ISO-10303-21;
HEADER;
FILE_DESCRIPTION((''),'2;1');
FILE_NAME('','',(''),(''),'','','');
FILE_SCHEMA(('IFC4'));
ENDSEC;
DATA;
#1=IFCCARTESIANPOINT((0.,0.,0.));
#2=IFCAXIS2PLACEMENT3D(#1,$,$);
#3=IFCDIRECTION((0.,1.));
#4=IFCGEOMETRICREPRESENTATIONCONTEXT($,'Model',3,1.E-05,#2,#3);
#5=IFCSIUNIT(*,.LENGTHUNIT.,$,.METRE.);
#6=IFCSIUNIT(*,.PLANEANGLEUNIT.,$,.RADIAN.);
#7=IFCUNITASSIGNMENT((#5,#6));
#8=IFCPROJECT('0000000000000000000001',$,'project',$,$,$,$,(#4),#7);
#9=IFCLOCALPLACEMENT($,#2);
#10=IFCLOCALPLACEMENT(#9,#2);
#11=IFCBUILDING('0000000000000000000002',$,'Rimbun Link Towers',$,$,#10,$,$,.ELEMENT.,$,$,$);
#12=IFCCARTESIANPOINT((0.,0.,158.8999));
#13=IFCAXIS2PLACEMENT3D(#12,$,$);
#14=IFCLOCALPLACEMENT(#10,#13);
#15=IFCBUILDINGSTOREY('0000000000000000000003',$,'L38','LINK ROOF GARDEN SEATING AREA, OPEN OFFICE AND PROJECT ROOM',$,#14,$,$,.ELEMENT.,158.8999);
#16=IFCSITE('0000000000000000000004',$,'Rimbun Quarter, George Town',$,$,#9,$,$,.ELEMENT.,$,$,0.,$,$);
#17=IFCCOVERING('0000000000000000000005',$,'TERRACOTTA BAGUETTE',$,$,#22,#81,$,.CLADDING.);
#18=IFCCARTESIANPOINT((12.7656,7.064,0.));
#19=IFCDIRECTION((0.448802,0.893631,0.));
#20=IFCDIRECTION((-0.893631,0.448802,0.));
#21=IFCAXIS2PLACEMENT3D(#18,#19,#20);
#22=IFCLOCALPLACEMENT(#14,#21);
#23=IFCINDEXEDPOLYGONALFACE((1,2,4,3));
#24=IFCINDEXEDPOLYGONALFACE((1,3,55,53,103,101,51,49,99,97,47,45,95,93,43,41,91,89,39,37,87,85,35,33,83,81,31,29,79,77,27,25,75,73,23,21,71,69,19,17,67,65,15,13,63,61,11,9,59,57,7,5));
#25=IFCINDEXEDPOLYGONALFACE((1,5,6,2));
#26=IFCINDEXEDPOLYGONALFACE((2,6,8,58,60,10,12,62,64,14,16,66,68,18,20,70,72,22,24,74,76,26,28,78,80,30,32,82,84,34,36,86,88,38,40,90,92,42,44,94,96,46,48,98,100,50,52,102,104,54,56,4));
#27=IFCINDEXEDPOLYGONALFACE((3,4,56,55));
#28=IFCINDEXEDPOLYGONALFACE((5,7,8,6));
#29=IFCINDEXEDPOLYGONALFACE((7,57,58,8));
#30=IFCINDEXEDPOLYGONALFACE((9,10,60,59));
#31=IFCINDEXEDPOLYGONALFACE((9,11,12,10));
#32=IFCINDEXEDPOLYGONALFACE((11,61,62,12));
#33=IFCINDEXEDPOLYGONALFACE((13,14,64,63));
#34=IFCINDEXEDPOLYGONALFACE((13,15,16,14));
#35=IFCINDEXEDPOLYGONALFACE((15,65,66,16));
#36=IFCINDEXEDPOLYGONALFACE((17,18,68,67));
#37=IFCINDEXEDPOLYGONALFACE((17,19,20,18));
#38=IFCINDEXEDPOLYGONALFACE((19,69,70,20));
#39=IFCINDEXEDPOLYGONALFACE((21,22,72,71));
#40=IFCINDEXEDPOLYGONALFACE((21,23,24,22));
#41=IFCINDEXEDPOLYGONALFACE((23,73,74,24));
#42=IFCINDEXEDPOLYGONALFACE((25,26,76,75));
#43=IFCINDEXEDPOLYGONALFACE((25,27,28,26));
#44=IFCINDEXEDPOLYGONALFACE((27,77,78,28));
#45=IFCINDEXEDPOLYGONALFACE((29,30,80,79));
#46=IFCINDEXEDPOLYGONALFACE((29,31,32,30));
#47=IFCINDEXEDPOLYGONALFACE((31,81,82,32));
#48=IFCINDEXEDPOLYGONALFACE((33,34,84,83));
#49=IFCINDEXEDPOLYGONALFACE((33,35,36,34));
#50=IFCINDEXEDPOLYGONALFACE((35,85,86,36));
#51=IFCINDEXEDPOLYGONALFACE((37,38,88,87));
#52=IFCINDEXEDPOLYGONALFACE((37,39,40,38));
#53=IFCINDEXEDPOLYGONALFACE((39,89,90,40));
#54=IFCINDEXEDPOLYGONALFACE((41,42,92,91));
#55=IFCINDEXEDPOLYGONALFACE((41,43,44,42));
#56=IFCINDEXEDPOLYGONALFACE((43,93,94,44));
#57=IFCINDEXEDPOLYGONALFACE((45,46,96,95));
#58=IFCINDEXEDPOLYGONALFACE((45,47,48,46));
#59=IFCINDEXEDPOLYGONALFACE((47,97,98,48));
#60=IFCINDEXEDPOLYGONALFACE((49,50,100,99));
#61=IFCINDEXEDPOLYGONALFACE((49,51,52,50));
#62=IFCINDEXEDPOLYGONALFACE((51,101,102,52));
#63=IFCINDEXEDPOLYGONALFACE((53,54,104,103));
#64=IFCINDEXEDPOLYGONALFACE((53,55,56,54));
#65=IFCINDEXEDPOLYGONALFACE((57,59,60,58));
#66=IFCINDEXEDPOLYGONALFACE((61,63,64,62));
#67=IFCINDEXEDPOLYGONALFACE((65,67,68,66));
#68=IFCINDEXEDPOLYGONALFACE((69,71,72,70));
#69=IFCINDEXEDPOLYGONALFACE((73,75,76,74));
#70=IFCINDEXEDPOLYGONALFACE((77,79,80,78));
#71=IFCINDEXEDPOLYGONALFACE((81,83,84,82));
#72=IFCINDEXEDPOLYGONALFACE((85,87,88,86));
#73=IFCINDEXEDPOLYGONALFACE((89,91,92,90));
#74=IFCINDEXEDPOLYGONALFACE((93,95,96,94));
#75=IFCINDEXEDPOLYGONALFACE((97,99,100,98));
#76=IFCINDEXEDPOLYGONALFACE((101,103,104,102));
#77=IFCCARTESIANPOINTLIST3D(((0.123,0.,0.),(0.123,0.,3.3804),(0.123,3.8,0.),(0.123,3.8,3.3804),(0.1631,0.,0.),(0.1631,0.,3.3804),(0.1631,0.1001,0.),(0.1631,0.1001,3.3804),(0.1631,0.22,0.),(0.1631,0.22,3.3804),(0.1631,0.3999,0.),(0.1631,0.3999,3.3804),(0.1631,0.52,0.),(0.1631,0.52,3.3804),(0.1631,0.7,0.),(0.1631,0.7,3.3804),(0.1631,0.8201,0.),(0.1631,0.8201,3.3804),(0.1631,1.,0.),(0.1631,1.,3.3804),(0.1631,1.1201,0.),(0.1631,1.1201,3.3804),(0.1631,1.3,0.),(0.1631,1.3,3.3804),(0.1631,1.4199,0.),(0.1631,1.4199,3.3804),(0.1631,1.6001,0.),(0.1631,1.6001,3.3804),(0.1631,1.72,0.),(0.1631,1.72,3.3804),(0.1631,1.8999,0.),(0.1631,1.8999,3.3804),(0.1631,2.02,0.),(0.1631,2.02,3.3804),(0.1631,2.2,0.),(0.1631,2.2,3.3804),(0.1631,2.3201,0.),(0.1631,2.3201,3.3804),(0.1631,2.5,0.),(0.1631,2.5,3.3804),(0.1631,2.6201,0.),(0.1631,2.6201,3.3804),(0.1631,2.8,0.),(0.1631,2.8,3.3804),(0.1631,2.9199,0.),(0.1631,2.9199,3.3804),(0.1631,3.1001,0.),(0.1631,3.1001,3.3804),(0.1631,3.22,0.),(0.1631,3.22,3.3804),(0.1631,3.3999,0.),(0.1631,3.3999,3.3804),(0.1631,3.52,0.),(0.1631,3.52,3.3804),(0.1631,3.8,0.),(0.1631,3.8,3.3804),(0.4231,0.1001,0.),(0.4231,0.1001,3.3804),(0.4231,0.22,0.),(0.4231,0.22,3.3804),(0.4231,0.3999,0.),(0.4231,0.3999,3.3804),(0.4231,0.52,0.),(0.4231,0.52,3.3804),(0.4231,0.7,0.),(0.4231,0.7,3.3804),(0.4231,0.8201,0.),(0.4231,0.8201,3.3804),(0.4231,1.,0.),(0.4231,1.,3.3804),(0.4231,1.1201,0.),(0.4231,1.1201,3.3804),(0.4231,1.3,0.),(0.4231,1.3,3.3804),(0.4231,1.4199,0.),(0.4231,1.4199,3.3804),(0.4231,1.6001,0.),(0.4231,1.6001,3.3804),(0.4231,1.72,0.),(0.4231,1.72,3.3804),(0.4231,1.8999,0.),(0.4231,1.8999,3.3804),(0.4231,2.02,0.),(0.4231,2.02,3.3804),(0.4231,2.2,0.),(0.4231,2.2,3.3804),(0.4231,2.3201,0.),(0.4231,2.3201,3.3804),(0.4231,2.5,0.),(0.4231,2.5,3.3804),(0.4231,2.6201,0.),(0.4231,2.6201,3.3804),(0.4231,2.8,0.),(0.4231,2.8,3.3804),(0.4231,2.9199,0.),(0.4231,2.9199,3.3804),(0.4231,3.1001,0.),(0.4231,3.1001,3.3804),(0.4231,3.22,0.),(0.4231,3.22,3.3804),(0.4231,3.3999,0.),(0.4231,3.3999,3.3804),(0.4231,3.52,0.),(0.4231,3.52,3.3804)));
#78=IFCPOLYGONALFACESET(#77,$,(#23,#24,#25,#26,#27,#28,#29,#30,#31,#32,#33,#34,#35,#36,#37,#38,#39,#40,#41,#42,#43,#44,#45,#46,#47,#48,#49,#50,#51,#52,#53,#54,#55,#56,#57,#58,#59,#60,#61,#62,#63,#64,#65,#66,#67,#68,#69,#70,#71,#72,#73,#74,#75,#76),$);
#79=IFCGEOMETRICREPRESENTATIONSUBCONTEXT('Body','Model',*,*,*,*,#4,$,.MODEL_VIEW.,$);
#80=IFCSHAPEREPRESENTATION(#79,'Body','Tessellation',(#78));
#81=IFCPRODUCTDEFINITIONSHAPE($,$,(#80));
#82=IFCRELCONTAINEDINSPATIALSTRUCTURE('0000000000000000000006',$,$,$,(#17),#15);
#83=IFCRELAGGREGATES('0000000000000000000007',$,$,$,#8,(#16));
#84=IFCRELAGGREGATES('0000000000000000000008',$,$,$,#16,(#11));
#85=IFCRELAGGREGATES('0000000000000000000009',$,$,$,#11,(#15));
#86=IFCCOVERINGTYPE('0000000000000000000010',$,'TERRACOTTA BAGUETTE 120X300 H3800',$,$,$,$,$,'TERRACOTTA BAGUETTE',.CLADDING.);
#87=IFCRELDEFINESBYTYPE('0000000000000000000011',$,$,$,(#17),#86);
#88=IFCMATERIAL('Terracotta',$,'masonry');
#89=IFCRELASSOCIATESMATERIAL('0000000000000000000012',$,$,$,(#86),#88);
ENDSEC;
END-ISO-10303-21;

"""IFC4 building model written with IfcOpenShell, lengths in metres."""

from ifc_helpers import new_model, si_unit, direction, frame, origin, place, context, subcontext, project, spatial, polyline, outline, extrude, material, material_profile, profile_set, type_object, element, save


model = new_model("IFC4")

# Units and contexts
model_context = context("Model", 3, precision=1e-05, world=origin(), true_north=direction((0.0, 1.0)))
body_context = subcontext(model_context, "Body", "Model", "MODEL_VIEW")
ifc_project = project(units=[si_unit("LENGTHUNIT", "METRE"), si_unit("PLANEANGLEUNIT", "RADIAN")], contexts=[model_context])

# Site, building, storey
site_placement = place(None, origin())
site = spatial("IfcSite", under=ifc_project, at=site_placement, Name="Rimbun Quarter, George Town", CompositionType="ELEMENT", RefElevation=0.0)
building_placement = place(site_placement, origin())
building = spatial("IfcBuilding", under=site, at=building_placement, Name="Rimbun Link Towers", CompositionType="ELEMENT")
storey_placement = place(building_placement, frame((0.0, 0.0, 158.8999)))
storey = spatial("IfcBuildingStorey", under=building, at=storey_placement, Name="L38", Description="LINK ROOF GARDEN SEATING AREA, OPEN OFFICE AND PROJECT ROOM", CompositionType="ELEMENT", Elevation=158.8999)

# Covering
ifc_material_1 = material(Name="Terracotta", Category="masonry")
ifc_material_profile_1 = material_profile(ifc_material_1, outline(polyline([(0.123, 0.0), (0.1631, 0.0), (0.1631, 0.1001), (0.4231, 0.1001), (0.4231, 0.22), (0.1631, 0.22), (0.1631, 0.3999), (0.4231, 0.3999), (0.4231, 0.52), (0.1631, 0.52), (0.1631, 0.7), (0.4231, 0.7), (0.4231, 0.8201), (0.1631, 0.8201), (0.1631, 1.0), (0.4231, 1.0), (0.4231, 1.1201), (0.1631, 1.1201), (0.1631, 1.3), (0.4231, 1.3), (0.4231, 1.4199), (0.1631, 1.4199), (0.1631, 1.6001), (0.4231, 1.6001), (0.4231, 1.72), (0.1631, 1.72), (0.1631, 1.8999), (0.4231, 1.8999), (0.4231, 2.02), (0.1631, 2.02), (0.1631, 2.2), (0.4231, 2.2), (0.4231, 2.3201), (0.1631, 2.3201), (0.1631, 2.5), (0.4231, 2.5), (0.4231, 2.6201), (0.1631, 2.6201), (0.1631, 2.8), (0.4231, 2.8), (0.4231, 2.9199), (0.1631, 2.9199), (0.1631, 3.1001), (0.4231, 3.1001), (0.4231, 3.22), (0.1631, 3.22), (0.1631, 3.3999), (0.4231, 3.3999), (0.4231, 3.52), (0.1631, 3.52), (0.1631, 3.8), (0.123, 3.8), (0.123, 0.0)])), Name="BAGUETTE 120X300")
ifc_profile_set_1 = profile_set([ifc_material_profile_1], Name="Terracotta")
covering_type = type_object("IfcCoveringType", Name="TERRACOTTA BAGUETTE 120X300 H3800", ElementType="TERRACOTTA BAGUETTE", PredefinedType="CLADDING", material=ifc_profile_set_1)
covering_placement = place(storey_placement, frame((12.7656, 7.064, 0.0), z_axis=(0.448802, 0.893631, 0.0), x_axis=(-0.893631, 0.448802, 0.0)))
element("IfcCovering", 1, at=covering_placement, inside=storey, type_object=covering_type, Name="TERRACOTTA BAGUETTE", PredefinedType="CLADDING", context=body_context, shape_type="SweptSolid", body=[
    extrude(outline(polyline([(0.123, 0.0), (0.1631, 0.0), (0.1631, 0.1001), (0.4231, 0.1001), (0.4231, 0.22), (0.1631, 0.22), (0.1631, 0.3999), (0.4231, 0.3999), (0.4231, 0.52), (0.1631, 0.52), (0.1631, 0.7), (0.4231, 0.7), (0.4231, 0.8201), (0.1631, 0.8201), (0.1631, 1.0), (0.4231, 1.0), (0.4231, 1.1201), (0.1631, 1.1201), (0.1631, 1.3), (0.4231, 1.3), (0.4231, 1.4199), (0.1631, 1.4199), (0.1631, 1.6001), (0.4231, 1.6001), (0.4231, 1.72), (0.1631, 1.72), (0.1631, 1.8999), (0.4231, 1.8999), (0.4231, 2.02), (0.1631, 2.02), (0.1631, 2.2), (0.4231, 2.2), (0.4231, 2.3201), (0.1631, 2.3201), (0.1631, 2.5), (0.4231, 2.5), (0.4231, 2.6201), (0.1631, 2.6201), (0.1631, 2.8), (0.4231, 2.8), (0.4231, 2.9199), (0.1631, 2.9199), (0.1631, 3.1001), (0.4231, 3.1001), (0.4231, 3.22), (0.1631, 3.22), (0.1631, 3.3999), (0.4231, 3.3999), (0.4231, 3.52), (0.1631, 3.52), (0.1631, 3.8), (0.123, 3.8), (0.123, 0.0)])), origin(), (0.0, 0.0, 1.0), 3.3804),
])

save(model, "model.ifc")
